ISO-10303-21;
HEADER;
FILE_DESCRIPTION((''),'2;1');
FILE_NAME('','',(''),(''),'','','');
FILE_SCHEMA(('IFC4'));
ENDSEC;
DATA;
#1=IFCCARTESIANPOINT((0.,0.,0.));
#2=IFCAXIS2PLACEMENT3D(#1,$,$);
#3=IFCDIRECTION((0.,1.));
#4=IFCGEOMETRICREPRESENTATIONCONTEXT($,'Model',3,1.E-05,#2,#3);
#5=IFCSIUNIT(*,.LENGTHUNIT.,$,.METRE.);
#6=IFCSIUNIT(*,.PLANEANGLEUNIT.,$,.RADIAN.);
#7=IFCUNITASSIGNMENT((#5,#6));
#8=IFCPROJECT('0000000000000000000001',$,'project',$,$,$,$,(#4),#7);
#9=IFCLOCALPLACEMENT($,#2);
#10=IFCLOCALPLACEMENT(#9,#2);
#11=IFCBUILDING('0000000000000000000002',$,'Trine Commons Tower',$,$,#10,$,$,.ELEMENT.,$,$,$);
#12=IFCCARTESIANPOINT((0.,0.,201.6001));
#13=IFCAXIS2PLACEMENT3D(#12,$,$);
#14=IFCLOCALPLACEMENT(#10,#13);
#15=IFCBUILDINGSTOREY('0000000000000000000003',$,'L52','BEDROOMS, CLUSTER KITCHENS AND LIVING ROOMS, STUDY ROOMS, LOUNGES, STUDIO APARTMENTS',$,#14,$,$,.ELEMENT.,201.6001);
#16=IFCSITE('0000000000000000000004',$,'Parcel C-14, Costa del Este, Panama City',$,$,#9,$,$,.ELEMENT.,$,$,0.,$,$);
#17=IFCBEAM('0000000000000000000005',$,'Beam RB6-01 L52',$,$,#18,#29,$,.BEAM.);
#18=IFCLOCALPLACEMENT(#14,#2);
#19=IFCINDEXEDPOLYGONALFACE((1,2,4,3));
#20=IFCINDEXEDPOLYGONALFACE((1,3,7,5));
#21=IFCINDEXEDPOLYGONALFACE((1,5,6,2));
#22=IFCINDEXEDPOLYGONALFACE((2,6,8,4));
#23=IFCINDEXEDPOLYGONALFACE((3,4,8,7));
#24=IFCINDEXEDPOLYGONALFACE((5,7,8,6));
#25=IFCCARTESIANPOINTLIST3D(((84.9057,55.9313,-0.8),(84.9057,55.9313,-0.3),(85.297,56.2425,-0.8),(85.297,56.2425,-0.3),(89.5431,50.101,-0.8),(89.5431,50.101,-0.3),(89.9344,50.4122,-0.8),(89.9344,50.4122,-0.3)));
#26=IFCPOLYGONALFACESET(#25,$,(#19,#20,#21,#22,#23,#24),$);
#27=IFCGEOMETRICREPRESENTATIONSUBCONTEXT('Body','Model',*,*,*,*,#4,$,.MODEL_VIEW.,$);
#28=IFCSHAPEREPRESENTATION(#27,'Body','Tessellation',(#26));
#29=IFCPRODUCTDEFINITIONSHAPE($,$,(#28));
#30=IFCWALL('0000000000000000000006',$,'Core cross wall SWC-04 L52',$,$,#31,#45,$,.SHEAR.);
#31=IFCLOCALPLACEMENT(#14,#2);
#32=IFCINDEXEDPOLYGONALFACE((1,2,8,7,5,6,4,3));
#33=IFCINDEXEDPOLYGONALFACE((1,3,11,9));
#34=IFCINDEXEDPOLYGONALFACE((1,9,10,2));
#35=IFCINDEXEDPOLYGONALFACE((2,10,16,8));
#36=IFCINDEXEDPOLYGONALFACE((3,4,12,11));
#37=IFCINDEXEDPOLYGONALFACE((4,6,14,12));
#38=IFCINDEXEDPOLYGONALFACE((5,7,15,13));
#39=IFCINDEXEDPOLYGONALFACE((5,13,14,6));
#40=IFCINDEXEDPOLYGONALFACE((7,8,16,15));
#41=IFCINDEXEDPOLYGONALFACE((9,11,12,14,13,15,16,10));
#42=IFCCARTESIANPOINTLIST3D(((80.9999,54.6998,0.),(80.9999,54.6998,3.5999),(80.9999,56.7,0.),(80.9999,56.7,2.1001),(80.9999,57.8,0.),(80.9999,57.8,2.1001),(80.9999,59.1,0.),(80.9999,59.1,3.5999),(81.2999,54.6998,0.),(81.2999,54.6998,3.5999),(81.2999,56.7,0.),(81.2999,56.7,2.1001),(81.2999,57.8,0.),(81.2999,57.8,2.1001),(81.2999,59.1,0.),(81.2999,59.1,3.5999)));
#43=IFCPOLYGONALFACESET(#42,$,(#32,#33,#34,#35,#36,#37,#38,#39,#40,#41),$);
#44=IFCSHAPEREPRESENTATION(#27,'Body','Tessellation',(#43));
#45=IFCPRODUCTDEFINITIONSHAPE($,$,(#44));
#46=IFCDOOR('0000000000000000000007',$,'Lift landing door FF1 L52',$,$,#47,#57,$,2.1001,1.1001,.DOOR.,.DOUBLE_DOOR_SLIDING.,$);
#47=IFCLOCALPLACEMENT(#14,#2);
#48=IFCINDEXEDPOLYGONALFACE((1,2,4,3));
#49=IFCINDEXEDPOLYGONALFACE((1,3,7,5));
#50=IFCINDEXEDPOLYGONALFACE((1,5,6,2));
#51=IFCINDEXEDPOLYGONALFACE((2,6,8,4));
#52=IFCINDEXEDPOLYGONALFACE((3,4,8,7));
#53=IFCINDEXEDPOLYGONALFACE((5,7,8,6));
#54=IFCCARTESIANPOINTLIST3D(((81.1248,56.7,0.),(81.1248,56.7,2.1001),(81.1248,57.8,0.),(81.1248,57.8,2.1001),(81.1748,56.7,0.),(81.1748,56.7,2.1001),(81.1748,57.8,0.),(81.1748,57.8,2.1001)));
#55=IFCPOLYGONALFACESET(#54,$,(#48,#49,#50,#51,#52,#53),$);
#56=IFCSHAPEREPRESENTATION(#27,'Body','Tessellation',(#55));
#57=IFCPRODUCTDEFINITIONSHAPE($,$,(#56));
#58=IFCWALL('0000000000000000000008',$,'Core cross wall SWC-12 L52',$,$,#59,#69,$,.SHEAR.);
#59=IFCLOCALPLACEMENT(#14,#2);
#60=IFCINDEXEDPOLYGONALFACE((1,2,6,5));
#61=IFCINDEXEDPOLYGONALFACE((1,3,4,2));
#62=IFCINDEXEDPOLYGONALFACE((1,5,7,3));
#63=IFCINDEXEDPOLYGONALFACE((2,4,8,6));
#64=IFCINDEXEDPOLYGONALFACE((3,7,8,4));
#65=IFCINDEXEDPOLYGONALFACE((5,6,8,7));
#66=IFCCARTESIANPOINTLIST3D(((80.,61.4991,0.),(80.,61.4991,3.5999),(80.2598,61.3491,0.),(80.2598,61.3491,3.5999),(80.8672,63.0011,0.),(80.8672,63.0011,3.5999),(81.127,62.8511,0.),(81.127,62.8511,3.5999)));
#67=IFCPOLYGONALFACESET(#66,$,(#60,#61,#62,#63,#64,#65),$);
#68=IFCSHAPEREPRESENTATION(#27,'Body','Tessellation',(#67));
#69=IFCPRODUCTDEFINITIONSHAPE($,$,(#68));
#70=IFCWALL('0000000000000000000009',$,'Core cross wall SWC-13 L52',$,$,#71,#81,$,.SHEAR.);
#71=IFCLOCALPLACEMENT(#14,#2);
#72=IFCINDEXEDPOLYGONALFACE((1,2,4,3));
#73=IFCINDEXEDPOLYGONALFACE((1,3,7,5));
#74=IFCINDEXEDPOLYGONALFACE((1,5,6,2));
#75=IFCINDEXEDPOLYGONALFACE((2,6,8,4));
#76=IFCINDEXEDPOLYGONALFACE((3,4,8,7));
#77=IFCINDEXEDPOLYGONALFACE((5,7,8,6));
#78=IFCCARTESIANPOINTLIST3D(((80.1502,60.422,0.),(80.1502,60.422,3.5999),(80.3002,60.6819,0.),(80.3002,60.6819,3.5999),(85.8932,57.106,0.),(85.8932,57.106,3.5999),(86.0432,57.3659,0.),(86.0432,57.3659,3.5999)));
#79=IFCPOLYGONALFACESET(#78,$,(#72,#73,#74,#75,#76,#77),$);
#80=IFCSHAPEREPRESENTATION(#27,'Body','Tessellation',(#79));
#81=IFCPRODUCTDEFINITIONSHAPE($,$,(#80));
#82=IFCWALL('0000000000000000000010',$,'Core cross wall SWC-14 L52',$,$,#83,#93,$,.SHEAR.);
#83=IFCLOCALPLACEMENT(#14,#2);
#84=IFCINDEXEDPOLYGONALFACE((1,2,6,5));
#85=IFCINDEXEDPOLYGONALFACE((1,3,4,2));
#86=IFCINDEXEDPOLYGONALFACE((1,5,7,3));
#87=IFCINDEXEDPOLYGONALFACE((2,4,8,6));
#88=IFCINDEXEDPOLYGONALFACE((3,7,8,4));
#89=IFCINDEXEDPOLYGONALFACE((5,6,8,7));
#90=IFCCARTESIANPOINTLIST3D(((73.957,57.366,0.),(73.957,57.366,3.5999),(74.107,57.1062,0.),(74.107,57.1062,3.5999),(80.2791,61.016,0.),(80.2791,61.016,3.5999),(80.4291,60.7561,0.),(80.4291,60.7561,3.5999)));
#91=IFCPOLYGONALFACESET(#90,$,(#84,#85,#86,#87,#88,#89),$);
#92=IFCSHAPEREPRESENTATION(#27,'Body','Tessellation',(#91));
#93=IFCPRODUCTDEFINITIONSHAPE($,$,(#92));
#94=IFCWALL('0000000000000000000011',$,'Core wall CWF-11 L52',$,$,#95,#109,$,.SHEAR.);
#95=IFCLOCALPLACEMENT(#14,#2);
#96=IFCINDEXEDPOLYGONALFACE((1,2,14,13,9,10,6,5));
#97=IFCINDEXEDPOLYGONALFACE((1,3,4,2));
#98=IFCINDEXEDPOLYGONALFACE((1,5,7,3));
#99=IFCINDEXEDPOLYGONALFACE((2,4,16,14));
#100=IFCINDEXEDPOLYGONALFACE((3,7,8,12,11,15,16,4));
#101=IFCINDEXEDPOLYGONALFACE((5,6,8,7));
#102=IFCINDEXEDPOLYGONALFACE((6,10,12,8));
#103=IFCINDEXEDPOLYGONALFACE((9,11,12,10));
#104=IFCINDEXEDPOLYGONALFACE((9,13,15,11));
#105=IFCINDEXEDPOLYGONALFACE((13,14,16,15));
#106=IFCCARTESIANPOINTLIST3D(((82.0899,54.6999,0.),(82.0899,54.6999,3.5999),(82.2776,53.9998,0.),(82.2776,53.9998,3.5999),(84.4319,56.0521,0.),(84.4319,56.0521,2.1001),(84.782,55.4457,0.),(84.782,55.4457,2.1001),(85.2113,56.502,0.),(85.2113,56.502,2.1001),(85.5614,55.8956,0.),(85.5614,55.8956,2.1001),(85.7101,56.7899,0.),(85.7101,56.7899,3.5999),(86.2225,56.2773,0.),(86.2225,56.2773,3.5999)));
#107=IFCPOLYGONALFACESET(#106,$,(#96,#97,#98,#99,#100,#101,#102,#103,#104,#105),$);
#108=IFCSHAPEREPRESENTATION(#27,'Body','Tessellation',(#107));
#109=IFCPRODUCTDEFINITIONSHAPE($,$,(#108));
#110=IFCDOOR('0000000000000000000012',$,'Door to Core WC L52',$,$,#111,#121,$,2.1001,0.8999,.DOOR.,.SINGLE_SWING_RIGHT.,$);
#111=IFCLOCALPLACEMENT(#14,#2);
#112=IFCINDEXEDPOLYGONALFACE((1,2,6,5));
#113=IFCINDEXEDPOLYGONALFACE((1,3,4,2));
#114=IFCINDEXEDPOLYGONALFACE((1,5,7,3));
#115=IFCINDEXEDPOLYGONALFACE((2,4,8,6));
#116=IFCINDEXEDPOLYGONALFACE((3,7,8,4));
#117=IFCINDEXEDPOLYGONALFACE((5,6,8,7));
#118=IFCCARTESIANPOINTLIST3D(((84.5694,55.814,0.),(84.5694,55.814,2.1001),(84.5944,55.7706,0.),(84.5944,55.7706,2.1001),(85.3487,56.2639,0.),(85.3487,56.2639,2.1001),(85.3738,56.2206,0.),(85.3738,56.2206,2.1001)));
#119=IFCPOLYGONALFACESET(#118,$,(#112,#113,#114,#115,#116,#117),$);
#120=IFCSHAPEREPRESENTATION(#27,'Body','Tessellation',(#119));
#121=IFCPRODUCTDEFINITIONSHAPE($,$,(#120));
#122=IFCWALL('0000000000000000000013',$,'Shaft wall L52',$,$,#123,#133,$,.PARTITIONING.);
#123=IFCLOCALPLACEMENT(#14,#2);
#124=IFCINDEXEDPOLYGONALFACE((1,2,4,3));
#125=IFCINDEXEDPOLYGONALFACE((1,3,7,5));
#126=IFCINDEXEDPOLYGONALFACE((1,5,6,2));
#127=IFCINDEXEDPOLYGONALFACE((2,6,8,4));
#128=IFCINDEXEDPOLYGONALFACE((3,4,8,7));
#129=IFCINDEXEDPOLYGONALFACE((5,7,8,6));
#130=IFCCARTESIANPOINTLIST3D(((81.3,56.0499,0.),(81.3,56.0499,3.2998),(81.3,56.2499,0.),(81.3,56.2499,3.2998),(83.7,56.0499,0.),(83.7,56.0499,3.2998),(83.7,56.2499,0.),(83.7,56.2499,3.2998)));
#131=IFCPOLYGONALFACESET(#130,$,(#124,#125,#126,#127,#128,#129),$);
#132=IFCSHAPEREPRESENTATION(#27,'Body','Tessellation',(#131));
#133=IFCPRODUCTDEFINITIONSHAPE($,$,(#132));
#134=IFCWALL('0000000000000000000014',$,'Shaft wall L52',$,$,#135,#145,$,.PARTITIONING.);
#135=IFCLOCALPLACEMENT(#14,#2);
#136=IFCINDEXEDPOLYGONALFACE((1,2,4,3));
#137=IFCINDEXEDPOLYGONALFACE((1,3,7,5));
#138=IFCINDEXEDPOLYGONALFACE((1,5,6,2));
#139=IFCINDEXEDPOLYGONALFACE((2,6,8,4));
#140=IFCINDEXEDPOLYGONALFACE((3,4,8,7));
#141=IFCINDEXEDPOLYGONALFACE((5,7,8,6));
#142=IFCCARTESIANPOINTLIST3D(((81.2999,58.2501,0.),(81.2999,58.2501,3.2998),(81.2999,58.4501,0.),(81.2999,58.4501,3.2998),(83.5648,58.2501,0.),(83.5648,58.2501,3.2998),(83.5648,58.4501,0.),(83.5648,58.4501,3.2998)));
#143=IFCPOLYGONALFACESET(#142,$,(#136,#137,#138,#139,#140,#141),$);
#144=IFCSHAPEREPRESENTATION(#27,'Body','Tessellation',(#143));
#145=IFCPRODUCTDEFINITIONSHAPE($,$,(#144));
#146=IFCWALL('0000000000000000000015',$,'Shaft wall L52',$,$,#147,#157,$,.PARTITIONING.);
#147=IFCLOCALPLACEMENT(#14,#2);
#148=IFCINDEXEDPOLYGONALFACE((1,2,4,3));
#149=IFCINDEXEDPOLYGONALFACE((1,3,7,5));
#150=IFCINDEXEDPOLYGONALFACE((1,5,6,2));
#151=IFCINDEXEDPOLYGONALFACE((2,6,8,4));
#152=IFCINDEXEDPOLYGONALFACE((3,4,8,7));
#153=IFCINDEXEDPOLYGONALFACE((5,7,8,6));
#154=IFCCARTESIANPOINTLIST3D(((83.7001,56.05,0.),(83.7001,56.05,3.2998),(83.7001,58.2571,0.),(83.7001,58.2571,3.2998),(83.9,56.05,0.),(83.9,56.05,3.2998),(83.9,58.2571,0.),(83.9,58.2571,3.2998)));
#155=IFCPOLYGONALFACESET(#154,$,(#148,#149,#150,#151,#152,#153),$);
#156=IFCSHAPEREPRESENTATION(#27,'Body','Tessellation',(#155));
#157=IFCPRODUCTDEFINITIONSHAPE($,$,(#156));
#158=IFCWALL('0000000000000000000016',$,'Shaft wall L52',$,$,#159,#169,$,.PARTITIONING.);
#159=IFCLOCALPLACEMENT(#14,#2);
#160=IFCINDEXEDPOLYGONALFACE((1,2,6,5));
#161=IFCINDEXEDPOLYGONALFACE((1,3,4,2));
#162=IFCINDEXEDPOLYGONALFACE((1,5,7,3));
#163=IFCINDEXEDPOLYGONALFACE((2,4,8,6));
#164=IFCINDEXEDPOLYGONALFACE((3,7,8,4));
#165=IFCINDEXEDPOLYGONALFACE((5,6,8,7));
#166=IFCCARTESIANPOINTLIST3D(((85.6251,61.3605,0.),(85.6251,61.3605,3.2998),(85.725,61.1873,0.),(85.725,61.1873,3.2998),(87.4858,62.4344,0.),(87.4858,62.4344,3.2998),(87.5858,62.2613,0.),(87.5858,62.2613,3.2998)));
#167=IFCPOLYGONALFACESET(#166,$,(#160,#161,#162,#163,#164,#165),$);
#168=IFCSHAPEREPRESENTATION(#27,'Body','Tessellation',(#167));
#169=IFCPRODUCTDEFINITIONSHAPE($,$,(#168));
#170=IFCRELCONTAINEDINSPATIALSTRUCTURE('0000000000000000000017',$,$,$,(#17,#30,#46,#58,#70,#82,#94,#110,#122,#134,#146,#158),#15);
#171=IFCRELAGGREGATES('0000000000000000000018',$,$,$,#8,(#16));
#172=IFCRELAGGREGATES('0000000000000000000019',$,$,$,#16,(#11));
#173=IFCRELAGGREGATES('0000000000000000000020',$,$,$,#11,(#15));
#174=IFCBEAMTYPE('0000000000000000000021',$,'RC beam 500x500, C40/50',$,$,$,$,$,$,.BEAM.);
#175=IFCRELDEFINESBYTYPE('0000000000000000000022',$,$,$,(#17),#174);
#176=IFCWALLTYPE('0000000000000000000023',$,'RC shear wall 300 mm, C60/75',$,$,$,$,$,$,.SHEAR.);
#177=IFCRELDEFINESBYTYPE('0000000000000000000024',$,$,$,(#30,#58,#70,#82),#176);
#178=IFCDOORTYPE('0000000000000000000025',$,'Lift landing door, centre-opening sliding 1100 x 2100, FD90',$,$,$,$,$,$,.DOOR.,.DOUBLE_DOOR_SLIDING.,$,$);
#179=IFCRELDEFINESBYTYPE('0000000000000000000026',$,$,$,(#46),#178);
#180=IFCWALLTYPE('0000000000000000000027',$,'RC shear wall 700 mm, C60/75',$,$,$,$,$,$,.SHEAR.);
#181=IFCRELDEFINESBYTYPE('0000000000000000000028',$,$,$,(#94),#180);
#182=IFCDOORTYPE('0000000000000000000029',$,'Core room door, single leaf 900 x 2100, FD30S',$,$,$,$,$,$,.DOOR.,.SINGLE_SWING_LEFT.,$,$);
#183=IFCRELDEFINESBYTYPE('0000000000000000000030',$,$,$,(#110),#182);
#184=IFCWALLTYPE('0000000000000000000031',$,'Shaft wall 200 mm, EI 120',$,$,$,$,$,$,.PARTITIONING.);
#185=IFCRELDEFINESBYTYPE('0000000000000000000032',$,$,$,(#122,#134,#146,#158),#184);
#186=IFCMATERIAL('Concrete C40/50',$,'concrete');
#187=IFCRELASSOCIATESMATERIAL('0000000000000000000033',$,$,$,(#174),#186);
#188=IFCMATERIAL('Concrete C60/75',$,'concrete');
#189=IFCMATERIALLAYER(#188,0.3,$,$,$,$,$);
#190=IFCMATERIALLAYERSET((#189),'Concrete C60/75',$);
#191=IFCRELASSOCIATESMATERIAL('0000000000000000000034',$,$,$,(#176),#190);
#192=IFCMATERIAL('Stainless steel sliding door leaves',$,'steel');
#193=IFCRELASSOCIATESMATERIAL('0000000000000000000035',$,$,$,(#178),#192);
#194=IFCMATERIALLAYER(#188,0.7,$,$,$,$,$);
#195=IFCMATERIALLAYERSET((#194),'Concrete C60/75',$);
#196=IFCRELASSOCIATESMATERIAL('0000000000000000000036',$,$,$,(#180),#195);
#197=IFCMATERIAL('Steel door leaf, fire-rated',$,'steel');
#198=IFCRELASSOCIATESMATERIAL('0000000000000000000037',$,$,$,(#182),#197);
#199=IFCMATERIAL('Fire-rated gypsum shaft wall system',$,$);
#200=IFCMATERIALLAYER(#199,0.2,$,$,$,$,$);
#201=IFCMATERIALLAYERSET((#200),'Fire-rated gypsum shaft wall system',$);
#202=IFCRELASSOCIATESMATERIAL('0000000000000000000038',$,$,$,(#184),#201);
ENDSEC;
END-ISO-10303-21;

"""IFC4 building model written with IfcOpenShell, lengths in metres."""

from ifc_helpers import new_model, si_unit, direction, frame, frame_2d, origin, origin_2d, place, context, subcontext, project, spatial, polyline, rectangle, outline, extrude, material, layer, layer_set, material_profile, profile_set, type_object, element, fill, save


model = new_model("IFC4")

# Units and contexts
model_context = context("Model", 3, precision=1e-05, world=origin(), true_north=direction((0.0, 1.0)))
body_context = subcontext(model_context, "Body", "Model", "MODEL_VIEW")
ifc_project = project(units=[si_unit("LENGTHUNIT", "METRE"), si_unit("PLANEANGLEUNIT", "RADIAN")], contexts=[model_context])

# Site, building, storey
site_placement = place(None, origin())
site = spatial("IfcSite", under=ifc_project, at=site_placement, Name="Parcel C-14, Costa del Este, Panama City", CompositionType="ELEMENT", RefElevation=0.0)
building_placement = place(site_placement, origin())
building = spatial("IfcBuilding", under=site, at=building_placement, Name="Trine Commons Tower", CompositionType="ELEMENT")
storey_placement = place(building_placement, frame((0.0, 0.0, 201.6001)))
storey = spatial("IfcBuildingStorey", under=building, at=storey_placement, Name="L52", Description="BEDROOMS, CLUSTER KITCHENS AND LIVING ROOMS, STUDY ROOMS, LOUNGES, STUDIO APARTMENTS", CompositionType="ELEMENT", Elevation=201.6001)

# Beam
ifc_material_1 = material(Name="Concrete C40/50", Category="concrete")
ifc_material_profile = material_profile(ifc_material_1, rectangle(XDim=0.5, YDim=0.5, at=origin_2d()), Name="RC 500x500")
ifc_profile_set = profile_set([ifc_material_profile], Name="Concrete C40/50")
beam_type = type_object("IfcBeamType", Name="RC beam 500x500, C40/50", PredefinedType="BEAM", material=ifc_profile_set)
beam_placement = place(storey_placement, frame((85.1013, 56.0869, -0.55), z_axis=(0.622498, -0.782621, 0.0), x_axis=(0.782621, 0.622498, 0.0)))
element("IfcBeam", 1, at=beam_placement, inside=storey, type_object=beam_type, Name="Beam RB6-01 L52", PredefinedType="BEAM", context=body_context, shape_type="SweptSolid", body=[
    extrude(rectangle(XDim=0.5, YDim=0.5, at=origin_2d()), origin(), (0.0, 0.0, 1.0), 7.4497),
])

# Wall, opening, door
ifc_material_2 = material(Name="Concrete C60/75", Category="concrete")
ifc_layer_1 = layer(ifc_material_2, 0.3)
ifc_layer_set_1 = layer_set([ifc_layer_1], Name="Concrete C60/75")
wall_type_1 = type_object("IfcWallType", Name="RC shear wall 300 mm, C60/75", PredefinedType="SHEAR", material=ifc_layer_set_1)
wall_1_placement = place(storey_placement, frame((81.1499, 59.1001, 0.0), z_axis=(0.0, 0.0, 1.0), x_axis=(0.0, -1.0, 0.0)))
wall_1 = element("IfcWall", 2, at=wall_1_placement, inside=storey, type_object=wall_type_1, Name="Core cross wall SWC-04 L52", PredefinedType="SHEAR", context=body_context, shape_type="SweptSolid", body=[
    extrude(rectangle(XDim=4.4001, YDim=0.3, at=frame_2d((2.2002, 0.0))), origin(), (0.0, 0.0, 1.0), 3.5999),
])
opening_1_placement = place(wall_1_placement, frame((1.3, 0.0, 0.0)))
opening_1 = element("IfcOpeningElement", 3, at=opening_1_placement, cuts=wall_1, PredefinedType="OPENING", context=body_context, shape_type="SweptSolid", body=[
    extrude(rectangle(XDim=1.1001, YDim=2.1001, at=frame_2d((0.55, 1.05))), frame((0.0, 0.1599, 0.0), z_axis=(0.0, -1.0, 0.0), x_axis=(1.0, 0.0, 0.0)), (0.0, 0.0, 1.0), 0.3201),
])
ifc_material_3 = material(Name="Stainless steel sliding door leaves", Category="steel")
door_type_1 = type_object("IfcDoorType", Name="Lift landing door, centre-opening sliding 1100 x 2100, FD90", OperationType="DOUBLE_DOOR_SLIDING", PredefinedType="DOOR", material=ifc_material_3)
door_1_placement = place(opening_1_placement, origin())
door_1 = element("IfcDoor", 4, at=door_1_placement, inside=storey, type_object=door_type_1, Name="Lift landing door FF1 L52", OperationType="DOUBLE_DOOR_SLIDING", OverallHeight=2.1001, OverallWidth=1.1001, PredefinedType="DOOR", context=body_context, shape_type="SweptSolid", body=[
    extrude(rectangle(XDim=1.1001, YDim=2.1001, at=frame_2d((0.55, 1.05))), frame((0.0, 0.0249, 0.0), z_axis=(0.0, -1.0, 0.0), x_axis=(1.0, 0.0, 0.0)), (0.0, 0.0, 1.0), 0.05),
])
fill(opening_1, door_1)

# Walls
wall_2_placement = place(storey_placement, frame((80.1299, 61.4241, 0.0), z_axis=(0.0, 0.0, 1.0), x_axis=(0.500015, 0.866017, 0.0)))
element("IfcWall", 5, at=wall_2_placement, inside=storey, type_object=wall_type_1, Name="Core cross wall SWC-12 L52", PredefinedType="SHEAR", context=body_context, shape_type="SweptSolid", body=[
    extrude(rectangle(XDim=1.7344, YDim=0.3, at=frame_2d((0.8672, 0.0))), origin(), (0.0, 0.0, 1.0), 3.5999),
])
wall_3_placement = place(storey_placement, frame((80.2251, 60.552, 0.0), z_axis=(0.0, 0.0, 1.0), x_axis=(0.86601, -0.500027, 0.0)))
element("IfcWall", 6, at=wall_3_placement, inside=storey, type_object=wall_type_1, Name="Core cross wall SWC-13 L52", PredefinedType="SHEAR", context=body_context, shape_type="SweptSolid", body=[
    extrude(rectangle(XDim=6.6316, YDim=0.3, at=frame_2d((3.3159, 0.0))), origin(), (0.0, 0.0, 1.0), 3.5999),
])
wall_4_placement = place(storey_placement, frame((80.354, 60.886, 0.0), z_axis=(0.0, 0.0, 1.0), x_axis=(-0.866032, -0.499988, 0.0)))
element("IfcWall", 7, at=wall_4_placement, inside=storey, type_object=wall_type_1, Name="Core cross wall SWC-14 L52", PredefinedType="SHEAR", context=body_context, shape_type="SweptSolid", body=[
    extrude(rectangle(XDim=7.3, YDim=0.3, at=frame_2d((3.6499, 0.0))), origin(), (0.0, 0.0, 1.0), 3.5999),
])

# Wall, opening, door
ifc_layer_2 = layer(ifc_material_2, 0.7)
ifc_layer_set_2 = layer_set([ifc_layer_2], Name="Concrete C60/75")
wall_type_2 = type_object("IfcWallType", Name="RC shear wall 700 mm, C60/75", PredefinedType="SHEAR", material=ifc_layer_set_2)
wall_5_placement = place(storey_placement, frame((82.1025, 54.303, 0.0), z_axis=(0.0, 0.0, 1.0), x_axis=(0.866035, 0.499984, 0.0)))
wall_5 = element("IfcWall", 8, at=wall_5_placement, inside=storey, type_object=wall_type_2, Name="Core wall CWF-11 L52", PredefinedType="SHEAR", context=body_context, shape_type="SweptSolid", body=[
    extrude(outline(polyline([(0.0, -0.3501), (4.5552, -0.3501), (4.3677, 0.3501), (0.1875, 0.3501), (0.0, -0.3501)])), origin(), (0.0, 0.0, 1.0), 3.5999),
])
opening_2_placement = place(wall_5_placement, frame((2.8918, 0.0, 0.0)))
opening_2 = element("IfcOpeningElement", 9, at=opening_2_placement, cuts=wall_5, PredefinedType="OPENING", context=body_context, shape_type="SweptSolid", body=[
    extrude(rectangle(XDim=0.8999, YDim=2.1001, at=frame_2d((0.45, 1.05))), frame((0.0, 0.3599, 0.0), z_axis=(0.0, -1.0, 0.0), x_axis=(1.0, 0.0, 0.0)), (0.0, 0.0, 1.0), 0.72),
])
ifc_material_4 = material(Name="Steel door leaf, fire-rated", Category="steel")
door_type_2 = type_object("IfcDoorType", Name="Core room door, single leaf 900 x 2100, FD30S", OperationType="SINGLE_SWING_LEFT", PredefinedType="DOOR", material=ifc_material_4)
door_2_placement = place(opening_2_placement, origin())
door_2 = element("IfcDoor", 10, at=door_2_placement, inside=storey, type_object=door_type_2, Name="Door to Core WC L52", OperationType="SINGLE_SWING_RIGHT", OverallHeight=2.1001, OverallWidth=0.8999, PredefinedType="DOOR", context=body_context, shape_type="SweptSolid", body=[
    extrude(rectangle(XDim=0.8999, YDim=2.1001, at=frame_2d((0.45, 1.05))), frame((0.0, 0.0752, 0.0), z_axis=(0.0, -1.0, 0.0), x_axis=(1.0, 0.0, 0.0)), (0.0, 0.0, 1.0), 0.05),
])
fill(opening_2, door_2)

# Walls
ifc_material_5 = material(Name="Fire-rated gypsum shaft wall system")
ifc_layer_3 = layer(ifc_material_5, 0.2)
ifc_layer_set_3 = layer_set([ifc_layer_3], Name="Fire-rated gypsum shaft wall system")
wall_type_3 = type_object("IfcWallType", Name="Shaft wall 200 mm, EI 120", PredefinedType="PARTITIONING", material=ifc_layer_set_3)
wall_6_placement = place(storey_placement, frame((81.3, 56.1499, 0.0), z_axis=(0.0, 0.0, 1.0), x_axis=(1.0, 0.0, 0.0)))
element("IfcWall", 11, at=wall_6_placement, inside=storey, type_object=wall_type_3, Name="Shaft wall L52", PredefinedType="PARTITIONING", context=body_context, shape_type="SweptSolid", body=[
    extrude(rectangle(XDim=2.3999, YDim=0.2, at=frame_2d((1.2, 0.0))), origin(), (0.0, 0.0, 1.0), 3.2998),
])
wall_7_placement = place(storey_placement, frame((81.3, 58.3501, 0.0), z_axis=(0.0, 0.0, 1.0), x_axis=(1.0, 0.0, 0.0)))
element("IfcWall", 12, at=wall_7_placement, inside=storey, type_object=wall_type_3, Name="Shaft wall L52", PredefinedType="PARTITIONING", context=body_context, shape_type="SweptSolid", body=[
    extrude(rectangle(XDim=2.2649, YDim=0.2, at=frame_2d((1.1323, 0.0))), origin(), (0.0, 0.0, 1.0), 3.2998),
])
wall_8_placement = place(storey_placement, frame((83.8, 58.2571, 0.0), z_axis=(0.0, 0.0, 1.0), x_axis=(0.0, -1.0, 0.0)))
element("IfcWall", 13, at=wall_8_placement, inside=storey, type_object=wall_type_3, Name="Shaft wall L52", PredefinedType="PARTITIONING", context=body_context, shape_type="SweptSolid", body=[
    extrude(rectangle(XDim=2.207, YDim=0.2, at=frame_2d((1.1035, 0.0))), origin(), (0.0, 0.0, 1.0), 3.2998),
])
wall_9_placement = place(storey_placement, frame((85.675, 61.2739, 0.0), z_axis=(0.0, 0.0, 1.0), x_axis=(0.866102, 0.499867, 0.0)))
element("IfcWall", 14, at=wall_9_placement, inside=storey, type_object=wall_type_3, Name="Shaft wall L52", PredefinedType="PARTITIONING", context=body_context, shape_type="SweptSolid", body=[
    extrude(rectangle(XDim=2.1484, YDim=0.2, at=frame_2d((1.0742, 0.0))), origin(), (0.0, 0.0, 1.0), 3.2998),
])

save(model, "model.ifc")
